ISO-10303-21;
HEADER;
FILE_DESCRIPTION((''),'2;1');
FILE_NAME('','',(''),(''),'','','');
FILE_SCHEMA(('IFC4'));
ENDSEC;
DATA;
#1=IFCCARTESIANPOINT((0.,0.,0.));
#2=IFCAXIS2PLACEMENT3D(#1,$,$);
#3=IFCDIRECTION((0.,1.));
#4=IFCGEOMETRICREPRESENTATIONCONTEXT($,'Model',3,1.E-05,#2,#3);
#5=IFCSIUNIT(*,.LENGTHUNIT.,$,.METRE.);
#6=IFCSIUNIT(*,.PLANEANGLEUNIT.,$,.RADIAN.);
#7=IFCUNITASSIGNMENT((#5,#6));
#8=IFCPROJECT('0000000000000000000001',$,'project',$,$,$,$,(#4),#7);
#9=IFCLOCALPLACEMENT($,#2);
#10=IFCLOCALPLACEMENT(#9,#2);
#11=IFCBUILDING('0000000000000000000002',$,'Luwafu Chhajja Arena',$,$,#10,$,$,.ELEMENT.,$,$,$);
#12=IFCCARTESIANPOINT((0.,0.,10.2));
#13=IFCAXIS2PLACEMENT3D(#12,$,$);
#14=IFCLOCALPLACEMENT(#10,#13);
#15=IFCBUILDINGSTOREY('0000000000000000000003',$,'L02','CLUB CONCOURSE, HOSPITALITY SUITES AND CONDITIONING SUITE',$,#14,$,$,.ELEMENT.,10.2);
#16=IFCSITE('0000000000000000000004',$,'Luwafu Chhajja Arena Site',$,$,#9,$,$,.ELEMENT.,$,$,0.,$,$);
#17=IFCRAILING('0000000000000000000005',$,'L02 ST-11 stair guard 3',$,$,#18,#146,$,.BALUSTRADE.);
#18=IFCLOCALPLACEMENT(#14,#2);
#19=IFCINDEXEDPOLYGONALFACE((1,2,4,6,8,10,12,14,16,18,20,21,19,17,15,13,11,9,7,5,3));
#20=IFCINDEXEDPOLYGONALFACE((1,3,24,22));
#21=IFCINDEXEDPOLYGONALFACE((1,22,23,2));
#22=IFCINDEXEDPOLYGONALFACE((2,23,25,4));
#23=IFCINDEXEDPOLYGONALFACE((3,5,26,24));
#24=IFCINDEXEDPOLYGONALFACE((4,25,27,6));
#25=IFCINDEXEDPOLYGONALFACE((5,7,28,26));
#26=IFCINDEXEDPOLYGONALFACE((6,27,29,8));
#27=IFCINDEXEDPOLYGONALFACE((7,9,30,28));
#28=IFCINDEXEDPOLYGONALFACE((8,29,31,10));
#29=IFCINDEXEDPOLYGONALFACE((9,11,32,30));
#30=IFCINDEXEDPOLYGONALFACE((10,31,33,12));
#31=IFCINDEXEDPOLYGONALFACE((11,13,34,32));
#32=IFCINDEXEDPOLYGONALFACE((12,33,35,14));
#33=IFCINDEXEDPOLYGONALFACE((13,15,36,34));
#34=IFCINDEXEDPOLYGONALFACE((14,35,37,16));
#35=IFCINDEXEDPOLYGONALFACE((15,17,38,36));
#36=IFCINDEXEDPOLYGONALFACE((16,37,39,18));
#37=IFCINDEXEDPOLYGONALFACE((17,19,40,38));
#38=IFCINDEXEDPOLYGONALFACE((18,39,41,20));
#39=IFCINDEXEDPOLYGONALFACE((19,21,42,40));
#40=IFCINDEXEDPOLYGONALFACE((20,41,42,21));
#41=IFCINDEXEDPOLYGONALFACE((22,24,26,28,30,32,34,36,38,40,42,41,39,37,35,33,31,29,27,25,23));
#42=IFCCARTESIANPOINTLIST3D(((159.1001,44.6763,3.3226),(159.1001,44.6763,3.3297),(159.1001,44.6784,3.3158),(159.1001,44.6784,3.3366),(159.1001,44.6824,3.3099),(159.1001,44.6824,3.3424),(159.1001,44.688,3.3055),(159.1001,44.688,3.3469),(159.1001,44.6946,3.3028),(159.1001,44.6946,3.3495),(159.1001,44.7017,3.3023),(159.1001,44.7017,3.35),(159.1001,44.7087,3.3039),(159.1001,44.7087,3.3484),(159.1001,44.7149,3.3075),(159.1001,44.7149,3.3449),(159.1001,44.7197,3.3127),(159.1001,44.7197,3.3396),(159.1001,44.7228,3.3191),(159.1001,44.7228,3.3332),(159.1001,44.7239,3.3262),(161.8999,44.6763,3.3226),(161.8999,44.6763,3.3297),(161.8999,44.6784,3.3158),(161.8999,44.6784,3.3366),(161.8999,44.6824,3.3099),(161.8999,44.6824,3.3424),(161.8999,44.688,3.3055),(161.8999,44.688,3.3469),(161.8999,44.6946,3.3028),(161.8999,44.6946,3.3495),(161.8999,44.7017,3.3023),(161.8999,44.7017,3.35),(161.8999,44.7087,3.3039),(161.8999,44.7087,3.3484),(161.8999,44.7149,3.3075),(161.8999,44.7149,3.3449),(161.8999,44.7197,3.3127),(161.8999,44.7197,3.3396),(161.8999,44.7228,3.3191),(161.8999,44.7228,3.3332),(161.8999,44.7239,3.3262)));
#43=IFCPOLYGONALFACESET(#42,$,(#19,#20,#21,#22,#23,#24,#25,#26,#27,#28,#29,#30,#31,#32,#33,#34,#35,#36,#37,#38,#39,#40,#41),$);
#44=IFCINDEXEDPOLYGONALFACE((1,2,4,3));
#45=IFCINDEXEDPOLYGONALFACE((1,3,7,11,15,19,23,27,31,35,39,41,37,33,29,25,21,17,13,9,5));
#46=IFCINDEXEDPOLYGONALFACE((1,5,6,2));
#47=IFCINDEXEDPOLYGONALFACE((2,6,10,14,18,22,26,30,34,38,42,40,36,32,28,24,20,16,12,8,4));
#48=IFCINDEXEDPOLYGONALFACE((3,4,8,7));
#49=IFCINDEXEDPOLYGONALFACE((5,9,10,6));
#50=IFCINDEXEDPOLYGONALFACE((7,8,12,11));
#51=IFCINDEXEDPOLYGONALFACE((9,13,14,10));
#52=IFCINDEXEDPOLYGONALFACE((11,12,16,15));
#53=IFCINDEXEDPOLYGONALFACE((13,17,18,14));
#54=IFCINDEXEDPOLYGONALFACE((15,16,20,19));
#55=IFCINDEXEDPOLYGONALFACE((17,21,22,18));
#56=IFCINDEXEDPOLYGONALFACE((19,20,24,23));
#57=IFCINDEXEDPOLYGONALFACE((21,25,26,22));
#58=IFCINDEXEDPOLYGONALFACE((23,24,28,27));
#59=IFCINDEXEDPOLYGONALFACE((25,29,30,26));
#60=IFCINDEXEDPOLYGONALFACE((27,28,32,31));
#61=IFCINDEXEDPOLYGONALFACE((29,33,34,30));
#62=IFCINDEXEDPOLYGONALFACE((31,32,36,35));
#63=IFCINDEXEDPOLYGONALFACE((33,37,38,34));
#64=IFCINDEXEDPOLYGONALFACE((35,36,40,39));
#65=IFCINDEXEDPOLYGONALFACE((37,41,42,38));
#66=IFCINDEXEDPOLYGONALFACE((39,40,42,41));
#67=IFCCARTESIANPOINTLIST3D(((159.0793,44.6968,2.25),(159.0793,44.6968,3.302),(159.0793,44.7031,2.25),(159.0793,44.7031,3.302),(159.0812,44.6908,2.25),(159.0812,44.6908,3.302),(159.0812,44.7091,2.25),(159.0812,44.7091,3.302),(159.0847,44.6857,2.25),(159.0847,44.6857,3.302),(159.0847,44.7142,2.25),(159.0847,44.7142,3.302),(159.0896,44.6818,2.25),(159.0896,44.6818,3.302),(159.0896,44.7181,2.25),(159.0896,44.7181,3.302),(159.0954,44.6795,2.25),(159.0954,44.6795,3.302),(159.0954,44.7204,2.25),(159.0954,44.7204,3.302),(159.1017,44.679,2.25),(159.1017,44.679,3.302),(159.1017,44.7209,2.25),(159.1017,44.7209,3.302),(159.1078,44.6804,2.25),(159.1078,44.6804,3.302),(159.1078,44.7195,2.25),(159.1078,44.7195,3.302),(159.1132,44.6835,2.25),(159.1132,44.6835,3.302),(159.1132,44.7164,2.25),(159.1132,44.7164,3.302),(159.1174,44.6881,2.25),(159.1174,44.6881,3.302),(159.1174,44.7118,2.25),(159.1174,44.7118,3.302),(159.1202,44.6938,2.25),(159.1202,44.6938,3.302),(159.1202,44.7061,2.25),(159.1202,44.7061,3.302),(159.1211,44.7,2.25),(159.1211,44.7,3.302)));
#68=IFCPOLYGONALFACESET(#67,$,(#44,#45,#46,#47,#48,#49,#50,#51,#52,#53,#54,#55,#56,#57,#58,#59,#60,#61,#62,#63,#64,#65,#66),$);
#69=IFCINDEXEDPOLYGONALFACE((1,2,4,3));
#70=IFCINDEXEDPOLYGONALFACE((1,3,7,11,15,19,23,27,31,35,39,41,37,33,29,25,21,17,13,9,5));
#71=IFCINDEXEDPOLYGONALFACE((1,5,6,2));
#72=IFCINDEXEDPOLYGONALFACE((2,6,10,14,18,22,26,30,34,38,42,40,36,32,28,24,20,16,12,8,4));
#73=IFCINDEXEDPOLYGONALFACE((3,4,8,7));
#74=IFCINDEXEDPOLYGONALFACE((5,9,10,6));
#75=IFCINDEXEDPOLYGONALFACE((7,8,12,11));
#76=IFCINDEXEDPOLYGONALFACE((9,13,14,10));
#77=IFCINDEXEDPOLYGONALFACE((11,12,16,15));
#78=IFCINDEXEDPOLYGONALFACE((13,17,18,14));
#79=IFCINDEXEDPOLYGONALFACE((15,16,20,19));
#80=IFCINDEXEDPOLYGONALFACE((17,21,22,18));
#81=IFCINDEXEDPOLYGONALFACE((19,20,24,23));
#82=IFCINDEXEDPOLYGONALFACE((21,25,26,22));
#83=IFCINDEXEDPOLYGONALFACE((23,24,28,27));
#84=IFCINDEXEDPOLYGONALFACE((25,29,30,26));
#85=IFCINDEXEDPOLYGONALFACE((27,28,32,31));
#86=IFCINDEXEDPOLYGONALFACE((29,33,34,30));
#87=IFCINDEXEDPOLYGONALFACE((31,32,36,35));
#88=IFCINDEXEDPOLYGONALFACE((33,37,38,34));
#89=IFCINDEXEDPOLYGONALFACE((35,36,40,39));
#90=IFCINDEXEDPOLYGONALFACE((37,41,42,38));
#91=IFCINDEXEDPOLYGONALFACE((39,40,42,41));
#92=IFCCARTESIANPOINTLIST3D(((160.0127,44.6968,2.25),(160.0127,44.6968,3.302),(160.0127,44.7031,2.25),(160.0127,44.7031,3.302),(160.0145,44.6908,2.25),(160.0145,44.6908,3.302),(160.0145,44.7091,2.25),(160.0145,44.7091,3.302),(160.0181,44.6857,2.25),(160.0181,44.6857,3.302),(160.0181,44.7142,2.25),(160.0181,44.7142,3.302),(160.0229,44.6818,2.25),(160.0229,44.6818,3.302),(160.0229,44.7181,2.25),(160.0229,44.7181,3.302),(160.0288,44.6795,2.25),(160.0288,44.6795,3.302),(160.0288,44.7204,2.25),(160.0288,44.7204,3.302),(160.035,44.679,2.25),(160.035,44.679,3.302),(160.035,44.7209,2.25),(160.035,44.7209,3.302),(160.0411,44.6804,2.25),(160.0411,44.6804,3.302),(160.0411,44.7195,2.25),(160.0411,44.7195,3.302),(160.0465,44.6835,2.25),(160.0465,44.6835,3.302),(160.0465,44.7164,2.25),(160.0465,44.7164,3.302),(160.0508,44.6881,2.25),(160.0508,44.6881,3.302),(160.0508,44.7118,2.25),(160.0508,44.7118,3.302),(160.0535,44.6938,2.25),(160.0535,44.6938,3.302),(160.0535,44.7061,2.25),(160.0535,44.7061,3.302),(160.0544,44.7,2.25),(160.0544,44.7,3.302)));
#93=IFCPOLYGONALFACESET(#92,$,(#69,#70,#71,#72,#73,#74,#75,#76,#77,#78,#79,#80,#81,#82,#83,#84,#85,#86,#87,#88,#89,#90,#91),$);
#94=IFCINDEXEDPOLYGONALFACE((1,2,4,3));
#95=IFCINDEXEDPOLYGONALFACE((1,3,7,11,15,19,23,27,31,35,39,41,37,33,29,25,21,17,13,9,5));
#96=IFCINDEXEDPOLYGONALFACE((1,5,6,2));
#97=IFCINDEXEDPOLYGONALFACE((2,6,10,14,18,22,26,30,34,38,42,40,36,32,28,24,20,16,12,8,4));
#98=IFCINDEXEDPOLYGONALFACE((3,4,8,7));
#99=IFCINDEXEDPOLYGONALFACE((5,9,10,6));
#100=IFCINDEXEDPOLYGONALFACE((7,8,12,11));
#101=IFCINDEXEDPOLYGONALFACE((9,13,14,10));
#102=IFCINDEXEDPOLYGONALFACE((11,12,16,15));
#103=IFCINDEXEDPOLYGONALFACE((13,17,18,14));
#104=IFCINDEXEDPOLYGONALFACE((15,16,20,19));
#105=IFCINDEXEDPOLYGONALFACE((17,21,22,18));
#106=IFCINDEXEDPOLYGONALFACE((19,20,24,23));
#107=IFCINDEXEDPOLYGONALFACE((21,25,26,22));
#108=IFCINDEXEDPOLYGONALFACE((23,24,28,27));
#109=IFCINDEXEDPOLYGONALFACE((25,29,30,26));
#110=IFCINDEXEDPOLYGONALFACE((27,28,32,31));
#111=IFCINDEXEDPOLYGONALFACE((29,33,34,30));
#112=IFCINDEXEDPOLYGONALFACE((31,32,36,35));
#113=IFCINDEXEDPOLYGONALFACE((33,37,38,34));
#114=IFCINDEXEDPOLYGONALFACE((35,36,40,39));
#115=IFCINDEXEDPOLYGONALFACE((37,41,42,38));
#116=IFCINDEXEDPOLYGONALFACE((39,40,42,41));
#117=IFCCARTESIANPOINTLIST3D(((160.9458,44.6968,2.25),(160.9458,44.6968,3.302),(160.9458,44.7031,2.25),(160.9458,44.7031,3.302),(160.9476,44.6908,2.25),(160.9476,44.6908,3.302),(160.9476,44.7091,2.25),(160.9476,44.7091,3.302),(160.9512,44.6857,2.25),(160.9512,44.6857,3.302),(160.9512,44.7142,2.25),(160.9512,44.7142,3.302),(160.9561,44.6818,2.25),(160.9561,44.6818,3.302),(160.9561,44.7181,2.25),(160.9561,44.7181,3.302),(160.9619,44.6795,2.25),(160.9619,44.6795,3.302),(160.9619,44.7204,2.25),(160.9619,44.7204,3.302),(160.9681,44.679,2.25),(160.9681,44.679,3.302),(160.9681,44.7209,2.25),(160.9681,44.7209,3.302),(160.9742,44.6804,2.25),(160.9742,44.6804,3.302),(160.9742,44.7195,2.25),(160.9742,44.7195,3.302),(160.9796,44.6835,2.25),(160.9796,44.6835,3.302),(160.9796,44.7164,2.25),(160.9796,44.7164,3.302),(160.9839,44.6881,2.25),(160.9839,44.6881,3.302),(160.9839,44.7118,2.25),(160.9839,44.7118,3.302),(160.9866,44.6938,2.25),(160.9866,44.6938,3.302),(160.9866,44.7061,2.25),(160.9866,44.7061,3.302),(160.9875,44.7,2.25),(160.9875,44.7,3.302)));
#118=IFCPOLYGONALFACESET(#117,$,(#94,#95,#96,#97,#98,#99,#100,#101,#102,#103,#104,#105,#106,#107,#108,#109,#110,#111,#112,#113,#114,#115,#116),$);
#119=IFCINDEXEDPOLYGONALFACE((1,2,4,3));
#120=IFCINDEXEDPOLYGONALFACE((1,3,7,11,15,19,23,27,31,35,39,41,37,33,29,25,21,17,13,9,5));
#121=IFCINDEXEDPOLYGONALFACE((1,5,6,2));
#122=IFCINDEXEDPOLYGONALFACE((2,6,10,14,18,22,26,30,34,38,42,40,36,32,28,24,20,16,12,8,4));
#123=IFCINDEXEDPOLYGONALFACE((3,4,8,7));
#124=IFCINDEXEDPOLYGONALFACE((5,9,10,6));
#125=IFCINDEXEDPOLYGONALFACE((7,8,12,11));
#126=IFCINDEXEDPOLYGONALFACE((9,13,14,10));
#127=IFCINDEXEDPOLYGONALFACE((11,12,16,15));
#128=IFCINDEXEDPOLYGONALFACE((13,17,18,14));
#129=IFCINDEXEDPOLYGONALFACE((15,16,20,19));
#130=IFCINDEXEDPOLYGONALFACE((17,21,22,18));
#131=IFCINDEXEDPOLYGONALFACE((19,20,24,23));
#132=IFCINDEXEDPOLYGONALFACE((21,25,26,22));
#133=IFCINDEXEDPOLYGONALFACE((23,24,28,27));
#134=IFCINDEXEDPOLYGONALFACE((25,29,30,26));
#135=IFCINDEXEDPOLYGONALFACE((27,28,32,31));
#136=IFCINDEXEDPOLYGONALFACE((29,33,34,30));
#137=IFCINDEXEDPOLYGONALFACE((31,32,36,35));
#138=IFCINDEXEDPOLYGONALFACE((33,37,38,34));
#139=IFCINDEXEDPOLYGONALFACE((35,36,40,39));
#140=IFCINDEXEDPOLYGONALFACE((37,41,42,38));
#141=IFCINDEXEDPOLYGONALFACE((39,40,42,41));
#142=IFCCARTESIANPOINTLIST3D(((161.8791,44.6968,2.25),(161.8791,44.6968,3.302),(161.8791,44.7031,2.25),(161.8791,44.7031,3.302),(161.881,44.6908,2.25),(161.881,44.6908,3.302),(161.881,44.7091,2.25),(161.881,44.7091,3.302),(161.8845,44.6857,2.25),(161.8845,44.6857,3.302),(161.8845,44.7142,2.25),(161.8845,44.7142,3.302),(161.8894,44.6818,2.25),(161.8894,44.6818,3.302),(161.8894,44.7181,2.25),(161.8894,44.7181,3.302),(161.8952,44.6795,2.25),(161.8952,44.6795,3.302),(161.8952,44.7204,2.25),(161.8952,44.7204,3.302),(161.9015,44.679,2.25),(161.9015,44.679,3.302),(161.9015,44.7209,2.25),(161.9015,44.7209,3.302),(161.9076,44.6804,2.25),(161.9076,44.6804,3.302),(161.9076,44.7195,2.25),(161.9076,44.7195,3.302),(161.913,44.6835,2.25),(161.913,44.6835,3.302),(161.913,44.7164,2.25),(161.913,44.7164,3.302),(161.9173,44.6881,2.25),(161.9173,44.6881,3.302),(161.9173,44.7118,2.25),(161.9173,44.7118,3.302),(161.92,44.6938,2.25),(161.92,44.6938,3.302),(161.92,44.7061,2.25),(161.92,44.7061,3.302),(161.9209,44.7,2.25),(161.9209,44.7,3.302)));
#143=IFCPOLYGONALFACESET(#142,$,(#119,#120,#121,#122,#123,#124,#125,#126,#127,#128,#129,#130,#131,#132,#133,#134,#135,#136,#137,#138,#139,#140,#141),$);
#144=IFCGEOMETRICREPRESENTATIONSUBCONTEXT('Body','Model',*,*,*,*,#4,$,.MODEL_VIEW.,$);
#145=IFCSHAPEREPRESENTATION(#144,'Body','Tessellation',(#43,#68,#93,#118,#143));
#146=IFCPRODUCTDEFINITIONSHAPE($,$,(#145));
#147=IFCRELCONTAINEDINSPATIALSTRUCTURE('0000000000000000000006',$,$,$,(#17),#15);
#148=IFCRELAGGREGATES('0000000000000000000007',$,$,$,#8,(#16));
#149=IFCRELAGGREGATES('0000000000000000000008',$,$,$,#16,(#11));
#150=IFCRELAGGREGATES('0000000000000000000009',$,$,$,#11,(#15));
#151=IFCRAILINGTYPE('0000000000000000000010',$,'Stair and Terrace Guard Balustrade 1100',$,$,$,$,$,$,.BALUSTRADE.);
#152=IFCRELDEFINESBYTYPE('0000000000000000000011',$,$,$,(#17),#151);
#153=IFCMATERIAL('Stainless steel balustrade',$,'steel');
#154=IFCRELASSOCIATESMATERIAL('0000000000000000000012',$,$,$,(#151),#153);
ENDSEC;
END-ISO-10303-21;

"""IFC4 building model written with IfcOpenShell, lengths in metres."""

from ifc_helpers import new_model, si_unit, direction, frame, origin, origin_2d, place, context, subcontext, project, spatial, circle, extrude, material, type_object, element, save


model = new_model("IFC4")

# Units and contexts
model_context = context("Model", 3, precision=1e-05, world=origin(), true_north=direction((0.0, 1.0)))
body_context = subcontext(model_context, "Body", "Model", "MODEL_VIEW")
ifc_project = project(units=[si_unit("LENGTHUNIT", "METRE"), si_unit("PLANEANGLEUNIT", "RADIAN")], contexts=[model_context])

# Site, building, storey
site_placement = place(None, origin())
site = spatial("IfcSite", under=ifc_project, at=site_placement, Name="Luwafu Chhajja Arena Site", CompositionType="ELEMENT", RefElevation=0.0)
building_placement = place(site_placement, origin())
building = spatial("IfcBuilding", under=site, at=building_placement, Name="Luwafu Chhajja Arena", CompositionType="ELEMENT")
storey_placement = place(building_placement, frame((0.0, 0.0, 10.2)))
storey = spatial("IfcBuildingStorey", under=building, at=storey_placement, Name="L02", Description="CLUB CONCOURSE, HOSPITALITY SUITES AND CONDITIONING SUITE", CompositionType="ELEMENT", Elevation=10.2)

# Railing
ifc_material_1 = material(Name="Stainless steel balustrade", Category="steel")
railing_type_1 = type_object("IfcRailingType", Name="Stair and Terrace Guard Balustrade 1100", PredefinedType="BALUSTRADE", material=ifc_material_1)
for number, where, name in (
    (1, (159.1001, 44.7, 2.25), "L02 ST-11 stair guard 3"),
):
    element("IfcRailing", number, at=place(storey_placement, frame(where)), inside=storey, type_object=railing_type_1, Name=name, PredefinedType="BALUSTRADE", context=body_context, shape_type="SweptSolid", body=[
        extrude(circle(Radius=0.0239, at=origin_2d()), frame((0.0, 0.0, 1.0762), z_axis=(1.0, 0.0, 0.0), x_axis=(0.0, 1.0, 0.0)), (0.0, 0.0, 1.0), 2.7998),
        extrude(circle(Radius=0.021, at=origin_2d()), origin(), (0.0, 0.0, 1.0), 1.052),
        extrude(circle(Radius=0.021, at=origin_2d()), frame((0.9333, 0.0, 0.0)), (0.0, 0.0, 1.0), 1.052),
        extrude(circle(Radius=0.021, at=origin_2d()), frame((1.8665, 0.0, 0.0)), (0.0, 0.0, 1.0), 1.052),
        extrude(circle(Radius=0.021, at=origin_2d()), frame((2.7998, 0.0, 0.0)), (0.0, 0.0, 1.0), 1.052),
    ])

save(model, "model.ifc")
